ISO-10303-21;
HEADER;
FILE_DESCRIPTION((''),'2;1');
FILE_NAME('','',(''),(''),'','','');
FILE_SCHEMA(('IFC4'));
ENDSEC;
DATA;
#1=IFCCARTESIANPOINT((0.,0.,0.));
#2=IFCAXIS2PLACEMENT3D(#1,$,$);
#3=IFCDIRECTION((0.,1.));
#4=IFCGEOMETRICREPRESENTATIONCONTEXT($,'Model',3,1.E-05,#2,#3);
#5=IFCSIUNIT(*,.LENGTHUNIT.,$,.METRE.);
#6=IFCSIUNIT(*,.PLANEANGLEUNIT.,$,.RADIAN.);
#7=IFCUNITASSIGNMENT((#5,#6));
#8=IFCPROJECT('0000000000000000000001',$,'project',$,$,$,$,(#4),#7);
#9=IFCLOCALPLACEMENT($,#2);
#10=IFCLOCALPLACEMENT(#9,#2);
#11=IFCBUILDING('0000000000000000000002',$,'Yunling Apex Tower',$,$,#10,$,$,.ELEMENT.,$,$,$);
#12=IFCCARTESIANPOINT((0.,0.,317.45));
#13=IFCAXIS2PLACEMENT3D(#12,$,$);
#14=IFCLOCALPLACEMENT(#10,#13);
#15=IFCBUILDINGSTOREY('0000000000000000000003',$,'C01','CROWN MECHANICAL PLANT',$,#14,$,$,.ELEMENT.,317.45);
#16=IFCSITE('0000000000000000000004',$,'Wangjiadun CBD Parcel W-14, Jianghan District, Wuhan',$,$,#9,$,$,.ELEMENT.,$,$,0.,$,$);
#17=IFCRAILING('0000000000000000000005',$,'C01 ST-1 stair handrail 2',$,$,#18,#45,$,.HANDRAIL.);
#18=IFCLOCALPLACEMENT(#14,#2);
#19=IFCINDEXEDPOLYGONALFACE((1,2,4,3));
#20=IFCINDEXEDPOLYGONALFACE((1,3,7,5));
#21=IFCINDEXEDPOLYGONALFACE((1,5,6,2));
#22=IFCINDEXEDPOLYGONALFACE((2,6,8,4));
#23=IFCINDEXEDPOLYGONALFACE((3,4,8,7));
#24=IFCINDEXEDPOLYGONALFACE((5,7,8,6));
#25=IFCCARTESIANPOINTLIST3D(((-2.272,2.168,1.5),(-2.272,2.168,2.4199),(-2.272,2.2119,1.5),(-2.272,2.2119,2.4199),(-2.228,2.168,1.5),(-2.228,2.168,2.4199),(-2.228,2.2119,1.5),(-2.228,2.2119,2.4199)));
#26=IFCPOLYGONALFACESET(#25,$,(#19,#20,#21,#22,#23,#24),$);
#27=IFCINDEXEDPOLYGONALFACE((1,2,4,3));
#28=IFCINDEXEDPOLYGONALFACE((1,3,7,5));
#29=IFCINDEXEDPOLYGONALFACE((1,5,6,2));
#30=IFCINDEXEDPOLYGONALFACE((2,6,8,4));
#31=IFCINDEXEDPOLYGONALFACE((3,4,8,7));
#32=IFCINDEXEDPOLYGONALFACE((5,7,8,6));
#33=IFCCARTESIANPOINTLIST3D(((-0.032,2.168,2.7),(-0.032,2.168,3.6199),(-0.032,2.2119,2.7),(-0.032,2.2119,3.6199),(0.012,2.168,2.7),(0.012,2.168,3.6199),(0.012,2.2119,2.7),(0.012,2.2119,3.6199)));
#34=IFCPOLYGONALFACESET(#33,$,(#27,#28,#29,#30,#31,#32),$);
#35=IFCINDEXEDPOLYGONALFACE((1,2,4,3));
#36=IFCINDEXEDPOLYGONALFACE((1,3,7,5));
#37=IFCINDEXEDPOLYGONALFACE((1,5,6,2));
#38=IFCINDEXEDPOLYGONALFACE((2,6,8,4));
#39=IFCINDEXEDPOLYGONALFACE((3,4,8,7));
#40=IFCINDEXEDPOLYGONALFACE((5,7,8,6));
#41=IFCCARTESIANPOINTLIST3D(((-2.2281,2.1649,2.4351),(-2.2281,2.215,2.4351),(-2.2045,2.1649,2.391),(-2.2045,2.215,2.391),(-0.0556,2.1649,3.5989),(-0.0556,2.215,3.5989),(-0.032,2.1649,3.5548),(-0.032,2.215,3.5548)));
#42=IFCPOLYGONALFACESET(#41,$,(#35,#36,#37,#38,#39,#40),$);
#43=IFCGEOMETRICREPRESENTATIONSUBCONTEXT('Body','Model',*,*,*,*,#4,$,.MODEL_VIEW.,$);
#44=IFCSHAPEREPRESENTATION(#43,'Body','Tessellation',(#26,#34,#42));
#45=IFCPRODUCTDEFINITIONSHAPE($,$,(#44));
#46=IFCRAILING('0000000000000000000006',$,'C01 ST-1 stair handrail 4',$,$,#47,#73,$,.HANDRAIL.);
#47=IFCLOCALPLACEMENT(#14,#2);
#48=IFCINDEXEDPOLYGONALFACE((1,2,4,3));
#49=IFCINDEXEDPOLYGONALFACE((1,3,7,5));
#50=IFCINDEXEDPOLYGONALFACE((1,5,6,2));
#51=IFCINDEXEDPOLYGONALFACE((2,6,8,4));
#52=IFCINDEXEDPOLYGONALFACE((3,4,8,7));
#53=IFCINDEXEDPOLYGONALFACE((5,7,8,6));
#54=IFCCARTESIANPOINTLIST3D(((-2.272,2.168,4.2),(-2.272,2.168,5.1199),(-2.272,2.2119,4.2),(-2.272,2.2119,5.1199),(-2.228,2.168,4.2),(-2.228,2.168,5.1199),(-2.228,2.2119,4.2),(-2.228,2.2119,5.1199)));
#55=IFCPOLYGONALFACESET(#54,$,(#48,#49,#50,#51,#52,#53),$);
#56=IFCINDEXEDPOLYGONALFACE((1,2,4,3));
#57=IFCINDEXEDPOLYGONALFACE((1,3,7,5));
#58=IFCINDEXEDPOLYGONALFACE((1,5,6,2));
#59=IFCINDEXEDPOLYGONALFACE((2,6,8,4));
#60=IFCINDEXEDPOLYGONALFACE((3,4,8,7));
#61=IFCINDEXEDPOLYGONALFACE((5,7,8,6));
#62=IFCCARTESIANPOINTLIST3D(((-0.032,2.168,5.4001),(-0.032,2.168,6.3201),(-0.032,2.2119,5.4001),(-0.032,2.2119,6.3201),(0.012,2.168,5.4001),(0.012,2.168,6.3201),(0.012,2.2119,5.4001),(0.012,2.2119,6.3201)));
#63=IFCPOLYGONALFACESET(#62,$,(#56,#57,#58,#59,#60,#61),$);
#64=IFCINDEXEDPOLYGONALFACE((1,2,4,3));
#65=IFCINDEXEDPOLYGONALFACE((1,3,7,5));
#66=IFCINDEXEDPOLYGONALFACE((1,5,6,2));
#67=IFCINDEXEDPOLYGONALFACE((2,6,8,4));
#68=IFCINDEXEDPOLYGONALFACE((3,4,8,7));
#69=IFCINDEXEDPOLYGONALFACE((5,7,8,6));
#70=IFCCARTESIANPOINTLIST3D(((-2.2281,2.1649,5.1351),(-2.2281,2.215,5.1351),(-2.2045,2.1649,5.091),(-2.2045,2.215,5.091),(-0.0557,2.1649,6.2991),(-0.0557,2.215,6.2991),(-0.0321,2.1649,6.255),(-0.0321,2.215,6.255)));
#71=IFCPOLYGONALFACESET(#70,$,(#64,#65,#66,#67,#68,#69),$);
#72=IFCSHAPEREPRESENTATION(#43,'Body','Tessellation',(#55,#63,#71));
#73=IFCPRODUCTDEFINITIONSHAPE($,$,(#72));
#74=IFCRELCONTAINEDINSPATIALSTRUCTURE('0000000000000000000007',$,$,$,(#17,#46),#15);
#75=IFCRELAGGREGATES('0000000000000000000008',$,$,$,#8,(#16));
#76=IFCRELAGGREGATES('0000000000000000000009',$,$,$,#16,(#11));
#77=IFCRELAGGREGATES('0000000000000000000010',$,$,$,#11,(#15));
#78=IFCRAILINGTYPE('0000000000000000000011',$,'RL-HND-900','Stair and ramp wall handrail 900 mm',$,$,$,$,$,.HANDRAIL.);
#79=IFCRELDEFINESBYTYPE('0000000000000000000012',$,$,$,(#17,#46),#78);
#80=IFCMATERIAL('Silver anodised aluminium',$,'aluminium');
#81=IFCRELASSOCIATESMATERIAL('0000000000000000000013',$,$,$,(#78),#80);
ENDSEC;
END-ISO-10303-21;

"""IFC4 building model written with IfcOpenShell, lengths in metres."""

from ifc_helpers import new_model, si_unit, direction, frame, origin, origin_2d, place, context, subcontext, project, spatial, rectangle, extrude, material, type_object, element, save


model = new_model("IFC4")

# Units and contexts
model_context = context("Model", 3, precision=1e-05, world=origin(), true_north=direction((0.0, 1.0)))
body_context = subcontext(model_context, "Body", "Model", "MODEL_VIEW")
ifc_project = project(units=[si_unit("LENGTHUNIT", "METRE"), si_unit("PLANEANGLEUNIT", "RADIAN")], contexts=[model_context])

# Site, building, storey
site_placement = place(None, origin())
site = spatial("IfcSite", under=ifc_project, at=site_placement, Name="Wangjiadun CBD Parcel W-14, Jianghan District, Wuhan", CompositionType="ELEMENT", RefElevation=0.0)
building_placement = place(site_placement, origin())
building = spatial("IfcBuilding", under=site, at=building_placement, Name="Yunling Apex Tower", CompositionType="ELEMENT")
storey_placement = place(building_placement, frame((0.0, 0.0, 317.45)))
storey = spatial("IfcBuildingStorey", under=building, at=storey_placement, Name="C01", Description="CROWN MECHANICAL PLANT", CompositionType="ELEMENT", Elevation=317.45)

# Railings
ifc_material_1 = material(Name="Silver anodised aluminium", Category="aluminium")
railing_type_1 = type_object("IfcRailingType", Name="RL-HND-900", Description="Stair and ramp wall handrail 900 mm", PredefinedType="HANDRAIL", material=ifc_material_1)
railing_1_placement = place(storey_placement, frame((-2.25, 2.1899, 1.5)))
element("IfcRailing", 1, at=railing_1_placement, inside=storey, type_object=railing_type_1, Name="C01 ST-1 stair handrail 2", PredefinedType="HANDRAIL", context=body_context, shape_type="SweptSolid", body=[
    extrude(rectangle(XDim=0.0439, YDim=0.0439, at=origin_2d()), origin(), (0.0, 0.0, 1.0), 0.9199),
    extrude(rectangle(XDim=0.0439, YDim=0.0439, at=origin_2d()), frame((2.24, 0.0, 1.2)), (0.0, 0.0, 1.0), 0.9199),
    extrude(rectangle(XDim=0.05, YDim=0.05, at=origin_2d()), frame((0.0337, 0.0, 0.9131), z_axis=(0.881487, 0.0, 0.472208), x_axis=(0.0, 1.0, 0.0)), (0.0, 0.0, 1.0), 2.4646),
])
railing_2_placement = place(storey_placement, frame((-2.25, 2.1899, 4.2)))
element("IfcRailing", 2, at=railing_2_placement, inside=storey, type_object=railing_type_1, Name="C01 ST-1 stair handrail 4", PredefinedType="HANDRAIL", context=body_context, shape_type="SweptSolid", body=[
    extrude(rectangle(XDim=0.0439, YDim=0.0439, at=origin_2d()), origin(), (0.0, 0.0, 1.0), 0.9199),
    extrude(rectangle(XDim=0.0439, YDim=0.0439, at=origin_2d()), frame((2.24, 0.0, 1.2002)), (0.0, 0.0, 1.0), 0.9199),
    extrude(rectangle(XDim=0.05, YDim=0.05, at=origin_2d()), frame((0.0337, 0.0, 0.9131), z_axis=(0.881447, 0.0, 0.472283), x_axis=(0.0, 1.0, 0.0)), (0.0, 0.0, 1.0), 2.4646),
])

save(model, "model.ifc")
